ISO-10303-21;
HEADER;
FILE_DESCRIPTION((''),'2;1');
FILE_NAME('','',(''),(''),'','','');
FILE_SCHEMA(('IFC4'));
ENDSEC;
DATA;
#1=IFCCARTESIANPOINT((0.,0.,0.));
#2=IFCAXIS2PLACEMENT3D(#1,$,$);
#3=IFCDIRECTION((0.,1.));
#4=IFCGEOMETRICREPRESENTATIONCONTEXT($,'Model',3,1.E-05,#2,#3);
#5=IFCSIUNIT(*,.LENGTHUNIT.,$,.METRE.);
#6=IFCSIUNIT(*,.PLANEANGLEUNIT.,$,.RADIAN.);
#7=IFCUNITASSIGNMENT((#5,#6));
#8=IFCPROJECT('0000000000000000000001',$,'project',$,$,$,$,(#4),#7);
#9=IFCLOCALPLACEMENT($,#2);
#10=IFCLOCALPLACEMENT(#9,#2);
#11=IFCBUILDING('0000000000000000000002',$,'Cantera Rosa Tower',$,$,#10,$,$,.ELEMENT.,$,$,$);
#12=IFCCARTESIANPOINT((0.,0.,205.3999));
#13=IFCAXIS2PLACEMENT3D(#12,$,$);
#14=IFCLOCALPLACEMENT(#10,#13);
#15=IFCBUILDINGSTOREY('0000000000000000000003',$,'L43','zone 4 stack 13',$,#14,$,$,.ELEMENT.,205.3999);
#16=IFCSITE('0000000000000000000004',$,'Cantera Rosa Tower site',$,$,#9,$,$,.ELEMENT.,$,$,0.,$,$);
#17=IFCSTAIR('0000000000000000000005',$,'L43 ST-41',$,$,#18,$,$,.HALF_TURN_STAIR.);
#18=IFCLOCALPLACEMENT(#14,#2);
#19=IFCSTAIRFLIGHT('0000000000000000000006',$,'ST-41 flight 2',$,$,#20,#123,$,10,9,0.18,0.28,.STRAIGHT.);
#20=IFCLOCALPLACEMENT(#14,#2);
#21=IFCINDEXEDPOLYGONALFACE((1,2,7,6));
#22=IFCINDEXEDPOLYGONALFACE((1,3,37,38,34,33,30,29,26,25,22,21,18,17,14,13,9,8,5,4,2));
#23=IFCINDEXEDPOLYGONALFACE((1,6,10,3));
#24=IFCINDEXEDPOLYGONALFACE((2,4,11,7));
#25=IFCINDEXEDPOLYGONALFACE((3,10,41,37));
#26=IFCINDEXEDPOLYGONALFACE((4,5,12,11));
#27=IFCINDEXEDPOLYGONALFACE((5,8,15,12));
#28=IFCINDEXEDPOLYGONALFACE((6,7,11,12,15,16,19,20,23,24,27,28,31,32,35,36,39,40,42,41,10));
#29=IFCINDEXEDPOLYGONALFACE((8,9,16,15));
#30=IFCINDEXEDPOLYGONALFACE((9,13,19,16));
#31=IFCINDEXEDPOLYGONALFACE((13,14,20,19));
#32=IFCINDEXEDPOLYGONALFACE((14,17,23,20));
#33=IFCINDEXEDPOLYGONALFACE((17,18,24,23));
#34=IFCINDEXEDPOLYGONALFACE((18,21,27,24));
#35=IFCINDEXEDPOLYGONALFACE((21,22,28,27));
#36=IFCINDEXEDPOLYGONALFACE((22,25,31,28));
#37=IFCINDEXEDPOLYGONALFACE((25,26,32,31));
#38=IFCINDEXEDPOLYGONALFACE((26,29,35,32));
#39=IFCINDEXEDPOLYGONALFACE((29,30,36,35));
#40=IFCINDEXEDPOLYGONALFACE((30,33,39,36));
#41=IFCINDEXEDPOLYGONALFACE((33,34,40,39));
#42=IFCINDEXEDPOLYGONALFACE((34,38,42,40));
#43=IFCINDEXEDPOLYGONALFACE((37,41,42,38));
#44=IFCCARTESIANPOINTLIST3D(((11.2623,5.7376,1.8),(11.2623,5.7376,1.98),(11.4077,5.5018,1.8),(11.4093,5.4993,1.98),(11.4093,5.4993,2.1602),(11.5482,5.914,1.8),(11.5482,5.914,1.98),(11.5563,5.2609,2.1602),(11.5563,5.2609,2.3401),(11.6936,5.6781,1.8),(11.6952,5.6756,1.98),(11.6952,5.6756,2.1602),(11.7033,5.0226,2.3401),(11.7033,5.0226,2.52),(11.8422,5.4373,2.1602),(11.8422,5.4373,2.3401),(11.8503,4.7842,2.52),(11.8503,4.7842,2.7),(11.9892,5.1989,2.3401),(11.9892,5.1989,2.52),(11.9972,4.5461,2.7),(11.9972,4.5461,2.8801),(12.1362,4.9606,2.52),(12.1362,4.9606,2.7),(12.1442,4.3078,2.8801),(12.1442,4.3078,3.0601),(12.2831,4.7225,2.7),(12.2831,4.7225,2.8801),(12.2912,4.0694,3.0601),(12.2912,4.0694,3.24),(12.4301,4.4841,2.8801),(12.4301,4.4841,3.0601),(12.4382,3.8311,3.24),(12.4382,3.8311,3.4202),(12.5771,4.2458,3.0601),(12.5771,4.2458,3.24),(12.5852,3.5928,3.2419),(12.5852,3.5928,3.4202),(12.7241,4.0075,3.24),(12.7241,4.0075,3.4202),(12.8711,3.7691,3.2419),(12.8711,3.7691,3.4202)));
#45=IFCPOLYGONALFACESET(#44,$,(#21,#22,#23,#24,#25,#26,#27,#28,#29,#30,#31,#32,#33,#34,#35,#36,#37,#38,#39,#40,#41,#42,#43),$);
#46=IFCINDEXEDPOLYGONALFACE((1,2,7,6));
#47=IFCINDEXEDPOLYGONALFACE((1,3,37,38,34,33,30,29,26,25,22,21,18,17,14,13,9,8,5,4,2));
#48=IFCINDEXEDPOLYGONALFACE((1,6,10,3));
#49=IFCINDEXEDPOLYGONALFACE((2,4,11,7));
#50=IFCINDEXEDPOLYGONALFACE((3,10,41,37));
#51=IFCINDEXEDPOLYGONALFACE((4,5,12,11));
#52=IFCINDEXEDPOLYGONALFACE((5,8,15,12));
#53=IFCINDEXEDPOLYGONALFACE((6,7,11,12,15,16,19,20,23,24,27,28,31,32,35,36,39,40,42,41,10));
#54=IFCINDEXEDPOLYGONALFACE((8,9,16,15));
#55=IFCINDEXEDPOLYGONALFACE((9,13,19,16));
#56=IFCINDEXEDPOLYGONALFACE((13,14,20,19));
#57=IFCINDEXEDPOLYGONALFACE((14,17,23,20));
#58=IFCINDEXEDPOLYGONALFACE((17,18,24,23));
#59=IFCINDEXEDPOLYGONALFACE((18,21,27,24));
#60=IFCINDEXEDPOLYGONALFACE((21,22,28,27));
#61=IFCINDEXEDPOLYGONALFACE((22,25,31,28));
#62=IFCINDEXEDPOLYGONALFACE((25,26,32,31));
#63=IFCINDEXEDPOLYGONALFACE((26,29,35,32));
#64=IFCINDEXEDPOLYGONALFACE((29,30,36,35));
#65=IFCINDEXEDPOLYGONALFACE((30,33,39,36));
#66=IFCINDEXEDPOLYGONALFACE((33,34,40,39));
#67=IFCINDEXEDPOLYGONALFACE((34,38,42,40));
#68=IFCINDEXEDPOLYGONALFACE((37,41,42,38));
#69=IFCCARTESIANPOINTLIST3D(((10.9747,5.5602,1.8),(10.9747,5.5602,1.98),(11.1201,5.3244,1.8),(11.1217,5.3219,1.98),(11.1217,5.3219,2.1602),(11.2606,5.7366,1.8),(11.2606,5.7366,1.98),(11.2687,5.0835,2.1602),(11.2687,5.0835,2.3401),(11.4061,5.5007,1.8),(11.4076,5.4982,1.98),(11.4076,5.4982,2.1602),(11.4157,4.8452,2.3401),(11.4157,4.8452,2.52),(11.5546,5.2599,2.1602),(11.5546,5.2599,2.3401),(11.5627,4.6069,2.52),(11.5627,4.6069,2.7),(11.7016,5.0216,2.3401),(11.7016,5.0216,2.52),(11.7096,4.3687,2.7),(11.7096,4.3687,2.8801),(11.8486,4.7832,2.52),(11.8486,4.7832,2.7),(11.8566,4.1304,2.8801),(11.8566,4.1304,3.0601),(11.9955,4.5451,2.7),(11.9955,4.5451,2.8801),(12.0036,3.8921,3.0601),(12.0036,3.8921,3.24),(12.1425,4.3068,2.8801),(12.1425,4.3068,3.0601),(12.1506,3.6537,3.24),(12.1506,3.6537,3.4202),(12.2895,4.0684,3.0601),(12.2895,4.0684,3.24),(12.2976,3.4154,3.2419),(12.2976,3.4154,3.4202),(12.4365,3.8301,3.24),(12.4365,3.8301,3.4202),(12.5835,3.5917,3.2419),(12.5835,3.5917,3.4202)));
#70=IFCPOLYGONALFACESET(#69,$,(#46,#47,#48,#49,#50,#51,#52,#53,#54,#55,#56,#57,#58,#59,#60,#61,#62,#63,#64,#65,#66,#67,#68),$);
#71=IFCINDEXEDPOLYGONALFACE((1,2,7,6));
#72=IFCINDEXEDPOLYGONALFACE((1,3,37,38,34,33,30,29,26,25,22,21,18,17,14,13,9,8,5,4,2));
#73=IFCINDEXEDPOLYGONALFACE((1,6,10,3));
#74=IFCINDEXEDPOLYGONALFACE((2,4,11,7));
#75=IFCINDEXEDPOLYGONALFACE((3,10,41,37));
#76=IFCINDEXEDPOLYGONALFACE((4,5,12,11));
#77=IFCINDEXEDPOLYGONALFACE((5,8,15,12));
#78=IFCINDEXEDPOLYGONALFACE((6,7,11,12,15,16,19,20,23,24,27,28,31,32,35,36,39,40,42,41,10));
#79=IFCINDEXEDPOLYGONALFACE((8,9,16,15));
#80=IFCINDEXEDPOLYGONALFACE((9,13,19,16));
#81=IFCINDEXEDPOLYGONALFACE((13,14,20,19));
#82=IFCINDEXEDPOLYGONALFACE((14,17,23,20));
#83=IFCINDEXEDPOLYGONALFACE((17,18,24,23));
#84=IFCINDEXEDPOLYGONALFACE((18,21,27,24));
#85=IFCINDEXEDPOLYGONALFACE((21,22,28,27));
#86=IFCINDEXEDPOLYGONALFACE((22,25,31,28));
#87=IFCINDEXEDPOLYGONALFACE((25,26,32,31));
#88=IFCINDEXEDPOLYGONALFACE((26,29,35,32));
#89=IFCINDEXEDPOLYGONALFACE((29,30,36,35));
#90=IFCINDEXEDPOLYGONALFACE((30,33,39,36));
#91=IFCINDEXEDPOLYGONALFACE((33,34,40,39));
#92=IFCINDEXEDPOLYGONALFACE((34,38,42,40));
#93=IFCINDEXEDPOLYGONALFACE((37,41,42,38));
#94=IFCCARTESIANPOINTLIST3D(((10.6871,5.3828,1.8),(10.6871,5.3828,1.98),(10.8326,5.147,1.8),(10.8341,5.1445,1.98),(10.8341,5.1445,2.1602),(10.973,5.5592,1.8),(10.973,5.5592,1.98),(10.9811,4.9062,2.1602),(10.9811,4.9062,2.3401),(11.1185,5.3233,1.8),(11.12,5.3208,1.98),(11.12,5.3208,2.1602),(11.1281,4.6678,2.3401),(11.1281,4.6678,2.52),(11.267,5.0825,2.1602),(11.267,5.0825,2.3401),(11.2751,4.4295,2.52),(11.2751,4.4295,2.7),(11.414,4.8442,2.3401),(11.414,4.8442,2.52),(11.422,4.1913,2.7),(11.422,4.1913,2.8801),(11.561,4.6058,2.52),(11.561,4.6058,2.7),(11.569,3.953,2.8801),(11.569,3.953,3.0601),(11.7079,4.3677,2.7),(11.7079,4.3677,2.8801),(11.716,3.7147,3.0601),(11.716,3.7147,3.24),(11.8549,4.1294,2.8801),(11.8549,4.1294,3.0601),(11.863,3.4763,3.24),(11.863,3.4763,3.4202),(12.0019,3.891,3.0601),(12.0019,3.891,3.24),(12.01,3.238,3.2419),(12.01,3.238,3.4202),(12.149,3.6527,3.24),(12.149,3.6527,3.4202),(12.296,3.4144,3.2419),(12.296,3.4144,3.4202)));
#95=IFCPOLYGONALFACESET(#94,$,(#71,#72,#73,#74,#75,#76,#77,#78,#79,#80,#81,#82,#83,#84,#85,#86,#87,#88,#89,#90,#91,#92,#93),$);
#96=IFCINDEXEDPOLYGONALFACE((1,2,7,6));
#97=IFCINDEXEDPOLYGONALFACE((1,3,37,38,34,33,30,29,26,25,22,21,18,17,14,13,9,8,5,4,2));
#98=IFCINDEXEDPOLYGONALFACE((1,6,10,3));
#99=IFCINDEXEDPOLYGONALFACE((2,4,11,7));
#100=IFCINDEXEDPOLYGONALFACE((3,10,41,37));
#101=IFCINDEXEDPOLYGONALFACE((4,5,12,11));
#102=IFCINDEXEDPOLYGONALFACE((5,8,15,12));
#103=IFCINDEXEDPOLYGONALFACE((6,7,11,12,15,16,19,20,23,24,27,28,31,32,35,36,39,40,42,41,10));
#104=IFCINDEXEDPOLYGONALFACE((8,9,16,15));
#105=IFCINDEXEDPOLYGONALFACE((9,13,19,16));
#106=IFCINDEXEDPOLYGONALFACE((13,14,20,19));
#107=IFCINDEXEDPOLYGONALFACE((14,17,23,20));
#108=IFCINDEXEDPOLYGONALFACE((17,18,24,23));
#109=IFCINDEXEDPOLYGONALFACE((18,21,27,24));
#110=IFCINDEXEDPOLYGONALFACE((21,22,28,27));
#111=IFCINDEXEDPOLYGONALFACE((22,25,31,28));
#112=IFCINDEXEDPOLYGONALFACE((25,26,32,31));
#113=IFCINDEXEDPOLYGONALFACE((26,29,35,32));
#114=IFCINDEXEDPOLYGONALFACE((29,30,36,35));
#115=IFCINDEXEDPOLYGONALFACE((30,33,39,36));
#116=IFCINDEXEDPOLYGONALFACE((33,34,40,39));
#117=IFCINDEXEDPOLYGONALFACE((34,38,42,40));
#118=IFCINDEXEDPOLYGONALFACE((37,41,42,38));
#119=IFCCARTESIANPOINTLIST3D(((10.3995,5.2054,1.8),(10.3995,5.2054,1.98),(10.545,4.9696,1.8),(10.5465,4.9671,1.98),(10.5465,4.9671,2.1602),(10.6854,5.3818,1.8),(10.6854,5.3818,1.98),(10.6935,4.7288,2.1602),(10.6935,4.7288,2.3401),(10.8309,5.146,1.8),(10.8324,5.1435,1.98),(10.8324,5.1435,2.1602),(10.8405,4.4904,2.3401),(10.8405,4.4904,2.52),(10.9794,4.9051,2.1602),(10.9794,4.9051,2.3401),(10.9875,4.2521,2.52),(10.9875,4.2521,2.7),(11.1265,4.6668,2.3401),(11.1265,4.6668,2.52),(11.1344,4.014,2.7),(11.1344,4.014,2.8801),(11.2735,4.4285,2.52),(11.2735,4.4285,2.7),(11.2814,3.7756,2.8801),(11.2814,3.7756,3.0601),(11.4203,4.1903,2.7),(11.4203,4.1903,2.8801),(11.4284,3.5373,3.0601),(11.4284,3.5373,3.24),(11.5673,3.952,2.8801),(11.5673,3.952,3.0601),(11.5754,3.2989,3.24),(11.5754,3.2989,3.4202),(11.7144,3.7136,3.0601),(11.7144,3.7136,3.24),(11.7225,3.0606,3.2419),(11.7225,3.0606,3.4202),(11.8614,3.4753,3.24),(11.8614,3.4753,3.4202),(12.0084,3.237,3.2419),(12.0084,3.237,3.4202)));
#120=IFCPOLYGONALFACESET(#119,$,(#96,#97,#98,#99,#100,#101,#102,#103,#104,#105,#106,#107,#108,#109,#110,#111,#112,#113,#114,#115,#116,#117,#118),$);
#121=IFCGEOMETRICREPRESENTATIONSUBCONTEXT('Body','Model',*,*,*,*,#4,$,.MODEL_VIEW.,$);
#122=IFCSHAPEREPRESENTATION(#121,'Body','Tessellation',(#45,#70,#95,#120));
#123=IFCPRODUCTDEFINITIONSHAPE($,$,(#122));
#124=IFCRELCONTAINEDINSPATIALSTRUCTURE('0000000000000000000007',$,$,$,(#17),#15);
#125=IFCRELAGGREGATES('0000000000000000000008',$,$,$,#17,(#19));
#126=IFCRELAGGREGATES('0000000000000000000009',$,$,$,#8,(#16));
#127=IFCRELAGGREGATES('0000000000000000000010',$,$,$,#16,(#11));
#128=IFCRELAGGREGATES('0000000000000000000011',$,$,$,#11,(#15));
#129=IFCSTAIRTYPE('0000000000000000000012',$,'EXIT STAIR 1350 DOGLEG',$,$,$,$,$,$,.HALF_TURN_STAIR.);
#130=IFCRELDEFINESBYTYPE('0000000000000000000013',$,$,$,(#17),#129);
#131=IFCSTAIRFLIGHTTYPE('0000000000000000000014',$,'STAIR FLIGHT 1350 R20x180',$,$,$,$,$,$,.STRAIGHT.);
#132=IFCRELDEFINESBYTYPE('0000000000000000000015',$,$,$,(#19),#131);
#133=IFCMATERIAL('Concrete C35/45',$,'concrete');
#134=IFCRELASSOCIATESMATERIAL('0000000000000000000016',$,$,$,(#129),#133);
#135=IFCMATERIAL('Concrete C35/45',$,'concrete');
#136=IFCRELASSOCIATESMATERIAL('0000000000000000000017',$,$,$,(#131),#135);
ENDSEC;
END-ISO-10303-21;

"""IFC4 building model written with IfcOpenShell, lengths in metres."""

from ifc_helpers import new_model, si_unit, direction, frame, origin, place, context, subcontext, project, spatial, polyline, outline, extrude, material, type_object, element, aggregate, save


model = new_model("IFC4")

# Units and contexts
model_context = context("Model", 3, precision=1e-05, world=origin(), true_north=direction((0.0, 1.0)))
body_context = subcontext(model_context, "Body", "Model", "MODEL_VIEW")
ifc_project = project(units=[si_unit("LENGTHUNIT", "METRE"), si_unit("PLANEANGLEUNIT", "RADIAN")], contexts=[model_context])

# Site, building, storey
site_placement = place(None, origin())
site = spatial("IfcSite", under=ifc_project, at=site_placement, Name="Cantera Rosa Tower site", CompositionType="ELEMENT", RefElevation=0.0)
building_placement = place(site_placement, origin())
building = spatial("IfcBuilding", under=site, at=building_placement, Name="Cantera Rosa Tower", CompositionType="ELEMENT")
storey_placement = place(building_placement, frame((0.0, 0.0, 205.3999)))
storey = spatial("IfcBuildingStorey", under=building, at=storey_placement, Name="L43", Description="zone 4 stack 13", CompositionType="ELEMENT", Elevation=205.3999)

# Stair, stair flight
ifc_material_1 = material(Name="Concrete C35/45", Category="concrete")
stair_type = type_object("IfcStairType", Name="EXIT STAIR 1350 DOGLEG", PredefinedType="HALF_TURN_STAIR", material=ifc_material_1)
stair_placement = place(storey_placement, origin())
stair = element("IfcStair", 1, at=stair_placement, inside=storey, type_object=stair_type, Name="L43 ST-41", PredefinedType="HALF_TURN_STAIR")
ifc_material_2 = material(Name="Concrete C35/45", Category="concrete")
stair_flight_type = type_object("IfcStairFlightType", Name="STAIR FLIGHT 1350 R20x180", PredefinedType="STRAIGHT", material=ifc_material_2)
stair_flight_1_placement = place(storey_placement, frame((10.9736, 5.5596, 1.8), z_axis=(0.0, 0.0, 1.0), x_axis=(0.524977, -0.851117, 0.0)))
stair_flight_1 = element("IfcStairFlight", 2, at=stair_flight_1_placement, type_object=stair_flight_type, Name="ST-41 flight 2", NumberOfRisers=10, NumberOfTreads=9, PredefinedType="STRAIGHT", RiserHeight=0.18, TreadLength=0.28, context=body_context, shape_type="SweptSolid", body=[
    extrude(outline(polyline([(0.0, 0.0), (0.0, 0.1799), (0.28, 0.1799), (0.28, 0.3601), (0.5601, 0.3601), (0.5601, 0.54), (0.8401, 0.54), (0.8401, 0.72), (1.1201, 0.72), (1.1201, 0.8999), (1.3999, 0.8999), (1.3999, 1.0801), (1.6799, 1.0801), (1.6799, 1.26), (1.96, 1.26), (1.96, 1.4399), (2.24, 1.4399), (2.24, 1.6201), (2.52, 1.6201), (2.52, 1.8), (2.52, 1.4419), (0.2771, 0.0), (0.0, 0.0)])), frame((0.0, 0.675, 0.0), z_axis=(0.0, -1.0, 0.0), x_axis=(1.0, 0.0, 0.0)), (0.0, 0.0, 1.0), 0.3359),
    extrude(outline(polyline([(0.0, 0.0), (0.0, 0.1799), (0.28, 0.1799), (0.28, 0.3601), (0.5601, 0.3601), (0.5601, 0.54), (0.8401, 0.54), (0.8401, 0.72), (1.1201, 0.72), (1.1201, 0.8999), (1.3999, 0.8999), (1.3999, 1.0801), (1.6799, 1.0801), (1.6799, 1.26), (1.96, 1.26), (1.96, 1.4399), (2.24, 1.4399), (2.24, 1.6201), (2.52, 1.6201), (2.52, 1.8), (2.52, 1.4419), (0.2771, 0.0), (0.0, 0.0)])), frame((0.0, 0.3372, 0.0), z_axis=(0.0, -1.0, 0.0), x_axis=(1.0, 0.0, 0.0)), (0.0, 0.0, 1.0), 0.3359),
    extrude(outline(polyline([(0.0, 0.0), (0.0, 0.1799), (0.28, 0.1799), (0.28, 0.3601), (0.5601, 0.3601), (0.5601, 0.54), (0.8401, 0.54), (0.8401, 0.72), (1.1201, 0.72), (1.1201, 0.8999), (1.3999, 0.8999), (1.3999, 1.0801), (1.6799, 1.0801), (1.6799, 1.26), (1.96, 1.26), (1.96, 1.4399), (2.24, 1.4399), (2.24, 1.6201), (2.52, 1.6201), (2.52, 1.8), (2.52, 1.4419), (0.2771, 0.0), (0.0, 0.0)])), frame((0.0, -0.0007, 0.0), z_axis=(0.0, -1.0, 0.0), x_axis=(1.0, 0.0, 0.0)), (0.0, 0.0, 1.0), 0.3359),
    extrude(outline(polyline([(0.0, 0.0), (0.0, 0.1799), (0.28, 0.1799), (0.28, 0.3601), (0.5601, 0.3601), (0.5601, 0.54), (0.8401, 0.54), (0.8401, 0.72), (1.1201, 0.72), (1.1201, 0.8999), (1.3999, 0.8999), (1.3999, 1.0801), (1.6799, 1.0801), (1.6799, 1.26), (1.96, 1.26), (1.96, 1.4399), (2.24, 1.4399), (2.24, 1.6201), (2.52, 1.6201), (2.52, 1.8), (2.52, 1.4419), (0.2771, 0.0), (0.0, 0.0)])), frame((0.0, -0.3386, 0.0), z_axis=(0.0, -1.0, 0.0), x_axis=(1.0, 0.0, 0.0)), (0.0, 0.0, 1.0), 0.3359),
])
aggregate(stair, [stair_flight_1])

save(model, "model.ifc")
